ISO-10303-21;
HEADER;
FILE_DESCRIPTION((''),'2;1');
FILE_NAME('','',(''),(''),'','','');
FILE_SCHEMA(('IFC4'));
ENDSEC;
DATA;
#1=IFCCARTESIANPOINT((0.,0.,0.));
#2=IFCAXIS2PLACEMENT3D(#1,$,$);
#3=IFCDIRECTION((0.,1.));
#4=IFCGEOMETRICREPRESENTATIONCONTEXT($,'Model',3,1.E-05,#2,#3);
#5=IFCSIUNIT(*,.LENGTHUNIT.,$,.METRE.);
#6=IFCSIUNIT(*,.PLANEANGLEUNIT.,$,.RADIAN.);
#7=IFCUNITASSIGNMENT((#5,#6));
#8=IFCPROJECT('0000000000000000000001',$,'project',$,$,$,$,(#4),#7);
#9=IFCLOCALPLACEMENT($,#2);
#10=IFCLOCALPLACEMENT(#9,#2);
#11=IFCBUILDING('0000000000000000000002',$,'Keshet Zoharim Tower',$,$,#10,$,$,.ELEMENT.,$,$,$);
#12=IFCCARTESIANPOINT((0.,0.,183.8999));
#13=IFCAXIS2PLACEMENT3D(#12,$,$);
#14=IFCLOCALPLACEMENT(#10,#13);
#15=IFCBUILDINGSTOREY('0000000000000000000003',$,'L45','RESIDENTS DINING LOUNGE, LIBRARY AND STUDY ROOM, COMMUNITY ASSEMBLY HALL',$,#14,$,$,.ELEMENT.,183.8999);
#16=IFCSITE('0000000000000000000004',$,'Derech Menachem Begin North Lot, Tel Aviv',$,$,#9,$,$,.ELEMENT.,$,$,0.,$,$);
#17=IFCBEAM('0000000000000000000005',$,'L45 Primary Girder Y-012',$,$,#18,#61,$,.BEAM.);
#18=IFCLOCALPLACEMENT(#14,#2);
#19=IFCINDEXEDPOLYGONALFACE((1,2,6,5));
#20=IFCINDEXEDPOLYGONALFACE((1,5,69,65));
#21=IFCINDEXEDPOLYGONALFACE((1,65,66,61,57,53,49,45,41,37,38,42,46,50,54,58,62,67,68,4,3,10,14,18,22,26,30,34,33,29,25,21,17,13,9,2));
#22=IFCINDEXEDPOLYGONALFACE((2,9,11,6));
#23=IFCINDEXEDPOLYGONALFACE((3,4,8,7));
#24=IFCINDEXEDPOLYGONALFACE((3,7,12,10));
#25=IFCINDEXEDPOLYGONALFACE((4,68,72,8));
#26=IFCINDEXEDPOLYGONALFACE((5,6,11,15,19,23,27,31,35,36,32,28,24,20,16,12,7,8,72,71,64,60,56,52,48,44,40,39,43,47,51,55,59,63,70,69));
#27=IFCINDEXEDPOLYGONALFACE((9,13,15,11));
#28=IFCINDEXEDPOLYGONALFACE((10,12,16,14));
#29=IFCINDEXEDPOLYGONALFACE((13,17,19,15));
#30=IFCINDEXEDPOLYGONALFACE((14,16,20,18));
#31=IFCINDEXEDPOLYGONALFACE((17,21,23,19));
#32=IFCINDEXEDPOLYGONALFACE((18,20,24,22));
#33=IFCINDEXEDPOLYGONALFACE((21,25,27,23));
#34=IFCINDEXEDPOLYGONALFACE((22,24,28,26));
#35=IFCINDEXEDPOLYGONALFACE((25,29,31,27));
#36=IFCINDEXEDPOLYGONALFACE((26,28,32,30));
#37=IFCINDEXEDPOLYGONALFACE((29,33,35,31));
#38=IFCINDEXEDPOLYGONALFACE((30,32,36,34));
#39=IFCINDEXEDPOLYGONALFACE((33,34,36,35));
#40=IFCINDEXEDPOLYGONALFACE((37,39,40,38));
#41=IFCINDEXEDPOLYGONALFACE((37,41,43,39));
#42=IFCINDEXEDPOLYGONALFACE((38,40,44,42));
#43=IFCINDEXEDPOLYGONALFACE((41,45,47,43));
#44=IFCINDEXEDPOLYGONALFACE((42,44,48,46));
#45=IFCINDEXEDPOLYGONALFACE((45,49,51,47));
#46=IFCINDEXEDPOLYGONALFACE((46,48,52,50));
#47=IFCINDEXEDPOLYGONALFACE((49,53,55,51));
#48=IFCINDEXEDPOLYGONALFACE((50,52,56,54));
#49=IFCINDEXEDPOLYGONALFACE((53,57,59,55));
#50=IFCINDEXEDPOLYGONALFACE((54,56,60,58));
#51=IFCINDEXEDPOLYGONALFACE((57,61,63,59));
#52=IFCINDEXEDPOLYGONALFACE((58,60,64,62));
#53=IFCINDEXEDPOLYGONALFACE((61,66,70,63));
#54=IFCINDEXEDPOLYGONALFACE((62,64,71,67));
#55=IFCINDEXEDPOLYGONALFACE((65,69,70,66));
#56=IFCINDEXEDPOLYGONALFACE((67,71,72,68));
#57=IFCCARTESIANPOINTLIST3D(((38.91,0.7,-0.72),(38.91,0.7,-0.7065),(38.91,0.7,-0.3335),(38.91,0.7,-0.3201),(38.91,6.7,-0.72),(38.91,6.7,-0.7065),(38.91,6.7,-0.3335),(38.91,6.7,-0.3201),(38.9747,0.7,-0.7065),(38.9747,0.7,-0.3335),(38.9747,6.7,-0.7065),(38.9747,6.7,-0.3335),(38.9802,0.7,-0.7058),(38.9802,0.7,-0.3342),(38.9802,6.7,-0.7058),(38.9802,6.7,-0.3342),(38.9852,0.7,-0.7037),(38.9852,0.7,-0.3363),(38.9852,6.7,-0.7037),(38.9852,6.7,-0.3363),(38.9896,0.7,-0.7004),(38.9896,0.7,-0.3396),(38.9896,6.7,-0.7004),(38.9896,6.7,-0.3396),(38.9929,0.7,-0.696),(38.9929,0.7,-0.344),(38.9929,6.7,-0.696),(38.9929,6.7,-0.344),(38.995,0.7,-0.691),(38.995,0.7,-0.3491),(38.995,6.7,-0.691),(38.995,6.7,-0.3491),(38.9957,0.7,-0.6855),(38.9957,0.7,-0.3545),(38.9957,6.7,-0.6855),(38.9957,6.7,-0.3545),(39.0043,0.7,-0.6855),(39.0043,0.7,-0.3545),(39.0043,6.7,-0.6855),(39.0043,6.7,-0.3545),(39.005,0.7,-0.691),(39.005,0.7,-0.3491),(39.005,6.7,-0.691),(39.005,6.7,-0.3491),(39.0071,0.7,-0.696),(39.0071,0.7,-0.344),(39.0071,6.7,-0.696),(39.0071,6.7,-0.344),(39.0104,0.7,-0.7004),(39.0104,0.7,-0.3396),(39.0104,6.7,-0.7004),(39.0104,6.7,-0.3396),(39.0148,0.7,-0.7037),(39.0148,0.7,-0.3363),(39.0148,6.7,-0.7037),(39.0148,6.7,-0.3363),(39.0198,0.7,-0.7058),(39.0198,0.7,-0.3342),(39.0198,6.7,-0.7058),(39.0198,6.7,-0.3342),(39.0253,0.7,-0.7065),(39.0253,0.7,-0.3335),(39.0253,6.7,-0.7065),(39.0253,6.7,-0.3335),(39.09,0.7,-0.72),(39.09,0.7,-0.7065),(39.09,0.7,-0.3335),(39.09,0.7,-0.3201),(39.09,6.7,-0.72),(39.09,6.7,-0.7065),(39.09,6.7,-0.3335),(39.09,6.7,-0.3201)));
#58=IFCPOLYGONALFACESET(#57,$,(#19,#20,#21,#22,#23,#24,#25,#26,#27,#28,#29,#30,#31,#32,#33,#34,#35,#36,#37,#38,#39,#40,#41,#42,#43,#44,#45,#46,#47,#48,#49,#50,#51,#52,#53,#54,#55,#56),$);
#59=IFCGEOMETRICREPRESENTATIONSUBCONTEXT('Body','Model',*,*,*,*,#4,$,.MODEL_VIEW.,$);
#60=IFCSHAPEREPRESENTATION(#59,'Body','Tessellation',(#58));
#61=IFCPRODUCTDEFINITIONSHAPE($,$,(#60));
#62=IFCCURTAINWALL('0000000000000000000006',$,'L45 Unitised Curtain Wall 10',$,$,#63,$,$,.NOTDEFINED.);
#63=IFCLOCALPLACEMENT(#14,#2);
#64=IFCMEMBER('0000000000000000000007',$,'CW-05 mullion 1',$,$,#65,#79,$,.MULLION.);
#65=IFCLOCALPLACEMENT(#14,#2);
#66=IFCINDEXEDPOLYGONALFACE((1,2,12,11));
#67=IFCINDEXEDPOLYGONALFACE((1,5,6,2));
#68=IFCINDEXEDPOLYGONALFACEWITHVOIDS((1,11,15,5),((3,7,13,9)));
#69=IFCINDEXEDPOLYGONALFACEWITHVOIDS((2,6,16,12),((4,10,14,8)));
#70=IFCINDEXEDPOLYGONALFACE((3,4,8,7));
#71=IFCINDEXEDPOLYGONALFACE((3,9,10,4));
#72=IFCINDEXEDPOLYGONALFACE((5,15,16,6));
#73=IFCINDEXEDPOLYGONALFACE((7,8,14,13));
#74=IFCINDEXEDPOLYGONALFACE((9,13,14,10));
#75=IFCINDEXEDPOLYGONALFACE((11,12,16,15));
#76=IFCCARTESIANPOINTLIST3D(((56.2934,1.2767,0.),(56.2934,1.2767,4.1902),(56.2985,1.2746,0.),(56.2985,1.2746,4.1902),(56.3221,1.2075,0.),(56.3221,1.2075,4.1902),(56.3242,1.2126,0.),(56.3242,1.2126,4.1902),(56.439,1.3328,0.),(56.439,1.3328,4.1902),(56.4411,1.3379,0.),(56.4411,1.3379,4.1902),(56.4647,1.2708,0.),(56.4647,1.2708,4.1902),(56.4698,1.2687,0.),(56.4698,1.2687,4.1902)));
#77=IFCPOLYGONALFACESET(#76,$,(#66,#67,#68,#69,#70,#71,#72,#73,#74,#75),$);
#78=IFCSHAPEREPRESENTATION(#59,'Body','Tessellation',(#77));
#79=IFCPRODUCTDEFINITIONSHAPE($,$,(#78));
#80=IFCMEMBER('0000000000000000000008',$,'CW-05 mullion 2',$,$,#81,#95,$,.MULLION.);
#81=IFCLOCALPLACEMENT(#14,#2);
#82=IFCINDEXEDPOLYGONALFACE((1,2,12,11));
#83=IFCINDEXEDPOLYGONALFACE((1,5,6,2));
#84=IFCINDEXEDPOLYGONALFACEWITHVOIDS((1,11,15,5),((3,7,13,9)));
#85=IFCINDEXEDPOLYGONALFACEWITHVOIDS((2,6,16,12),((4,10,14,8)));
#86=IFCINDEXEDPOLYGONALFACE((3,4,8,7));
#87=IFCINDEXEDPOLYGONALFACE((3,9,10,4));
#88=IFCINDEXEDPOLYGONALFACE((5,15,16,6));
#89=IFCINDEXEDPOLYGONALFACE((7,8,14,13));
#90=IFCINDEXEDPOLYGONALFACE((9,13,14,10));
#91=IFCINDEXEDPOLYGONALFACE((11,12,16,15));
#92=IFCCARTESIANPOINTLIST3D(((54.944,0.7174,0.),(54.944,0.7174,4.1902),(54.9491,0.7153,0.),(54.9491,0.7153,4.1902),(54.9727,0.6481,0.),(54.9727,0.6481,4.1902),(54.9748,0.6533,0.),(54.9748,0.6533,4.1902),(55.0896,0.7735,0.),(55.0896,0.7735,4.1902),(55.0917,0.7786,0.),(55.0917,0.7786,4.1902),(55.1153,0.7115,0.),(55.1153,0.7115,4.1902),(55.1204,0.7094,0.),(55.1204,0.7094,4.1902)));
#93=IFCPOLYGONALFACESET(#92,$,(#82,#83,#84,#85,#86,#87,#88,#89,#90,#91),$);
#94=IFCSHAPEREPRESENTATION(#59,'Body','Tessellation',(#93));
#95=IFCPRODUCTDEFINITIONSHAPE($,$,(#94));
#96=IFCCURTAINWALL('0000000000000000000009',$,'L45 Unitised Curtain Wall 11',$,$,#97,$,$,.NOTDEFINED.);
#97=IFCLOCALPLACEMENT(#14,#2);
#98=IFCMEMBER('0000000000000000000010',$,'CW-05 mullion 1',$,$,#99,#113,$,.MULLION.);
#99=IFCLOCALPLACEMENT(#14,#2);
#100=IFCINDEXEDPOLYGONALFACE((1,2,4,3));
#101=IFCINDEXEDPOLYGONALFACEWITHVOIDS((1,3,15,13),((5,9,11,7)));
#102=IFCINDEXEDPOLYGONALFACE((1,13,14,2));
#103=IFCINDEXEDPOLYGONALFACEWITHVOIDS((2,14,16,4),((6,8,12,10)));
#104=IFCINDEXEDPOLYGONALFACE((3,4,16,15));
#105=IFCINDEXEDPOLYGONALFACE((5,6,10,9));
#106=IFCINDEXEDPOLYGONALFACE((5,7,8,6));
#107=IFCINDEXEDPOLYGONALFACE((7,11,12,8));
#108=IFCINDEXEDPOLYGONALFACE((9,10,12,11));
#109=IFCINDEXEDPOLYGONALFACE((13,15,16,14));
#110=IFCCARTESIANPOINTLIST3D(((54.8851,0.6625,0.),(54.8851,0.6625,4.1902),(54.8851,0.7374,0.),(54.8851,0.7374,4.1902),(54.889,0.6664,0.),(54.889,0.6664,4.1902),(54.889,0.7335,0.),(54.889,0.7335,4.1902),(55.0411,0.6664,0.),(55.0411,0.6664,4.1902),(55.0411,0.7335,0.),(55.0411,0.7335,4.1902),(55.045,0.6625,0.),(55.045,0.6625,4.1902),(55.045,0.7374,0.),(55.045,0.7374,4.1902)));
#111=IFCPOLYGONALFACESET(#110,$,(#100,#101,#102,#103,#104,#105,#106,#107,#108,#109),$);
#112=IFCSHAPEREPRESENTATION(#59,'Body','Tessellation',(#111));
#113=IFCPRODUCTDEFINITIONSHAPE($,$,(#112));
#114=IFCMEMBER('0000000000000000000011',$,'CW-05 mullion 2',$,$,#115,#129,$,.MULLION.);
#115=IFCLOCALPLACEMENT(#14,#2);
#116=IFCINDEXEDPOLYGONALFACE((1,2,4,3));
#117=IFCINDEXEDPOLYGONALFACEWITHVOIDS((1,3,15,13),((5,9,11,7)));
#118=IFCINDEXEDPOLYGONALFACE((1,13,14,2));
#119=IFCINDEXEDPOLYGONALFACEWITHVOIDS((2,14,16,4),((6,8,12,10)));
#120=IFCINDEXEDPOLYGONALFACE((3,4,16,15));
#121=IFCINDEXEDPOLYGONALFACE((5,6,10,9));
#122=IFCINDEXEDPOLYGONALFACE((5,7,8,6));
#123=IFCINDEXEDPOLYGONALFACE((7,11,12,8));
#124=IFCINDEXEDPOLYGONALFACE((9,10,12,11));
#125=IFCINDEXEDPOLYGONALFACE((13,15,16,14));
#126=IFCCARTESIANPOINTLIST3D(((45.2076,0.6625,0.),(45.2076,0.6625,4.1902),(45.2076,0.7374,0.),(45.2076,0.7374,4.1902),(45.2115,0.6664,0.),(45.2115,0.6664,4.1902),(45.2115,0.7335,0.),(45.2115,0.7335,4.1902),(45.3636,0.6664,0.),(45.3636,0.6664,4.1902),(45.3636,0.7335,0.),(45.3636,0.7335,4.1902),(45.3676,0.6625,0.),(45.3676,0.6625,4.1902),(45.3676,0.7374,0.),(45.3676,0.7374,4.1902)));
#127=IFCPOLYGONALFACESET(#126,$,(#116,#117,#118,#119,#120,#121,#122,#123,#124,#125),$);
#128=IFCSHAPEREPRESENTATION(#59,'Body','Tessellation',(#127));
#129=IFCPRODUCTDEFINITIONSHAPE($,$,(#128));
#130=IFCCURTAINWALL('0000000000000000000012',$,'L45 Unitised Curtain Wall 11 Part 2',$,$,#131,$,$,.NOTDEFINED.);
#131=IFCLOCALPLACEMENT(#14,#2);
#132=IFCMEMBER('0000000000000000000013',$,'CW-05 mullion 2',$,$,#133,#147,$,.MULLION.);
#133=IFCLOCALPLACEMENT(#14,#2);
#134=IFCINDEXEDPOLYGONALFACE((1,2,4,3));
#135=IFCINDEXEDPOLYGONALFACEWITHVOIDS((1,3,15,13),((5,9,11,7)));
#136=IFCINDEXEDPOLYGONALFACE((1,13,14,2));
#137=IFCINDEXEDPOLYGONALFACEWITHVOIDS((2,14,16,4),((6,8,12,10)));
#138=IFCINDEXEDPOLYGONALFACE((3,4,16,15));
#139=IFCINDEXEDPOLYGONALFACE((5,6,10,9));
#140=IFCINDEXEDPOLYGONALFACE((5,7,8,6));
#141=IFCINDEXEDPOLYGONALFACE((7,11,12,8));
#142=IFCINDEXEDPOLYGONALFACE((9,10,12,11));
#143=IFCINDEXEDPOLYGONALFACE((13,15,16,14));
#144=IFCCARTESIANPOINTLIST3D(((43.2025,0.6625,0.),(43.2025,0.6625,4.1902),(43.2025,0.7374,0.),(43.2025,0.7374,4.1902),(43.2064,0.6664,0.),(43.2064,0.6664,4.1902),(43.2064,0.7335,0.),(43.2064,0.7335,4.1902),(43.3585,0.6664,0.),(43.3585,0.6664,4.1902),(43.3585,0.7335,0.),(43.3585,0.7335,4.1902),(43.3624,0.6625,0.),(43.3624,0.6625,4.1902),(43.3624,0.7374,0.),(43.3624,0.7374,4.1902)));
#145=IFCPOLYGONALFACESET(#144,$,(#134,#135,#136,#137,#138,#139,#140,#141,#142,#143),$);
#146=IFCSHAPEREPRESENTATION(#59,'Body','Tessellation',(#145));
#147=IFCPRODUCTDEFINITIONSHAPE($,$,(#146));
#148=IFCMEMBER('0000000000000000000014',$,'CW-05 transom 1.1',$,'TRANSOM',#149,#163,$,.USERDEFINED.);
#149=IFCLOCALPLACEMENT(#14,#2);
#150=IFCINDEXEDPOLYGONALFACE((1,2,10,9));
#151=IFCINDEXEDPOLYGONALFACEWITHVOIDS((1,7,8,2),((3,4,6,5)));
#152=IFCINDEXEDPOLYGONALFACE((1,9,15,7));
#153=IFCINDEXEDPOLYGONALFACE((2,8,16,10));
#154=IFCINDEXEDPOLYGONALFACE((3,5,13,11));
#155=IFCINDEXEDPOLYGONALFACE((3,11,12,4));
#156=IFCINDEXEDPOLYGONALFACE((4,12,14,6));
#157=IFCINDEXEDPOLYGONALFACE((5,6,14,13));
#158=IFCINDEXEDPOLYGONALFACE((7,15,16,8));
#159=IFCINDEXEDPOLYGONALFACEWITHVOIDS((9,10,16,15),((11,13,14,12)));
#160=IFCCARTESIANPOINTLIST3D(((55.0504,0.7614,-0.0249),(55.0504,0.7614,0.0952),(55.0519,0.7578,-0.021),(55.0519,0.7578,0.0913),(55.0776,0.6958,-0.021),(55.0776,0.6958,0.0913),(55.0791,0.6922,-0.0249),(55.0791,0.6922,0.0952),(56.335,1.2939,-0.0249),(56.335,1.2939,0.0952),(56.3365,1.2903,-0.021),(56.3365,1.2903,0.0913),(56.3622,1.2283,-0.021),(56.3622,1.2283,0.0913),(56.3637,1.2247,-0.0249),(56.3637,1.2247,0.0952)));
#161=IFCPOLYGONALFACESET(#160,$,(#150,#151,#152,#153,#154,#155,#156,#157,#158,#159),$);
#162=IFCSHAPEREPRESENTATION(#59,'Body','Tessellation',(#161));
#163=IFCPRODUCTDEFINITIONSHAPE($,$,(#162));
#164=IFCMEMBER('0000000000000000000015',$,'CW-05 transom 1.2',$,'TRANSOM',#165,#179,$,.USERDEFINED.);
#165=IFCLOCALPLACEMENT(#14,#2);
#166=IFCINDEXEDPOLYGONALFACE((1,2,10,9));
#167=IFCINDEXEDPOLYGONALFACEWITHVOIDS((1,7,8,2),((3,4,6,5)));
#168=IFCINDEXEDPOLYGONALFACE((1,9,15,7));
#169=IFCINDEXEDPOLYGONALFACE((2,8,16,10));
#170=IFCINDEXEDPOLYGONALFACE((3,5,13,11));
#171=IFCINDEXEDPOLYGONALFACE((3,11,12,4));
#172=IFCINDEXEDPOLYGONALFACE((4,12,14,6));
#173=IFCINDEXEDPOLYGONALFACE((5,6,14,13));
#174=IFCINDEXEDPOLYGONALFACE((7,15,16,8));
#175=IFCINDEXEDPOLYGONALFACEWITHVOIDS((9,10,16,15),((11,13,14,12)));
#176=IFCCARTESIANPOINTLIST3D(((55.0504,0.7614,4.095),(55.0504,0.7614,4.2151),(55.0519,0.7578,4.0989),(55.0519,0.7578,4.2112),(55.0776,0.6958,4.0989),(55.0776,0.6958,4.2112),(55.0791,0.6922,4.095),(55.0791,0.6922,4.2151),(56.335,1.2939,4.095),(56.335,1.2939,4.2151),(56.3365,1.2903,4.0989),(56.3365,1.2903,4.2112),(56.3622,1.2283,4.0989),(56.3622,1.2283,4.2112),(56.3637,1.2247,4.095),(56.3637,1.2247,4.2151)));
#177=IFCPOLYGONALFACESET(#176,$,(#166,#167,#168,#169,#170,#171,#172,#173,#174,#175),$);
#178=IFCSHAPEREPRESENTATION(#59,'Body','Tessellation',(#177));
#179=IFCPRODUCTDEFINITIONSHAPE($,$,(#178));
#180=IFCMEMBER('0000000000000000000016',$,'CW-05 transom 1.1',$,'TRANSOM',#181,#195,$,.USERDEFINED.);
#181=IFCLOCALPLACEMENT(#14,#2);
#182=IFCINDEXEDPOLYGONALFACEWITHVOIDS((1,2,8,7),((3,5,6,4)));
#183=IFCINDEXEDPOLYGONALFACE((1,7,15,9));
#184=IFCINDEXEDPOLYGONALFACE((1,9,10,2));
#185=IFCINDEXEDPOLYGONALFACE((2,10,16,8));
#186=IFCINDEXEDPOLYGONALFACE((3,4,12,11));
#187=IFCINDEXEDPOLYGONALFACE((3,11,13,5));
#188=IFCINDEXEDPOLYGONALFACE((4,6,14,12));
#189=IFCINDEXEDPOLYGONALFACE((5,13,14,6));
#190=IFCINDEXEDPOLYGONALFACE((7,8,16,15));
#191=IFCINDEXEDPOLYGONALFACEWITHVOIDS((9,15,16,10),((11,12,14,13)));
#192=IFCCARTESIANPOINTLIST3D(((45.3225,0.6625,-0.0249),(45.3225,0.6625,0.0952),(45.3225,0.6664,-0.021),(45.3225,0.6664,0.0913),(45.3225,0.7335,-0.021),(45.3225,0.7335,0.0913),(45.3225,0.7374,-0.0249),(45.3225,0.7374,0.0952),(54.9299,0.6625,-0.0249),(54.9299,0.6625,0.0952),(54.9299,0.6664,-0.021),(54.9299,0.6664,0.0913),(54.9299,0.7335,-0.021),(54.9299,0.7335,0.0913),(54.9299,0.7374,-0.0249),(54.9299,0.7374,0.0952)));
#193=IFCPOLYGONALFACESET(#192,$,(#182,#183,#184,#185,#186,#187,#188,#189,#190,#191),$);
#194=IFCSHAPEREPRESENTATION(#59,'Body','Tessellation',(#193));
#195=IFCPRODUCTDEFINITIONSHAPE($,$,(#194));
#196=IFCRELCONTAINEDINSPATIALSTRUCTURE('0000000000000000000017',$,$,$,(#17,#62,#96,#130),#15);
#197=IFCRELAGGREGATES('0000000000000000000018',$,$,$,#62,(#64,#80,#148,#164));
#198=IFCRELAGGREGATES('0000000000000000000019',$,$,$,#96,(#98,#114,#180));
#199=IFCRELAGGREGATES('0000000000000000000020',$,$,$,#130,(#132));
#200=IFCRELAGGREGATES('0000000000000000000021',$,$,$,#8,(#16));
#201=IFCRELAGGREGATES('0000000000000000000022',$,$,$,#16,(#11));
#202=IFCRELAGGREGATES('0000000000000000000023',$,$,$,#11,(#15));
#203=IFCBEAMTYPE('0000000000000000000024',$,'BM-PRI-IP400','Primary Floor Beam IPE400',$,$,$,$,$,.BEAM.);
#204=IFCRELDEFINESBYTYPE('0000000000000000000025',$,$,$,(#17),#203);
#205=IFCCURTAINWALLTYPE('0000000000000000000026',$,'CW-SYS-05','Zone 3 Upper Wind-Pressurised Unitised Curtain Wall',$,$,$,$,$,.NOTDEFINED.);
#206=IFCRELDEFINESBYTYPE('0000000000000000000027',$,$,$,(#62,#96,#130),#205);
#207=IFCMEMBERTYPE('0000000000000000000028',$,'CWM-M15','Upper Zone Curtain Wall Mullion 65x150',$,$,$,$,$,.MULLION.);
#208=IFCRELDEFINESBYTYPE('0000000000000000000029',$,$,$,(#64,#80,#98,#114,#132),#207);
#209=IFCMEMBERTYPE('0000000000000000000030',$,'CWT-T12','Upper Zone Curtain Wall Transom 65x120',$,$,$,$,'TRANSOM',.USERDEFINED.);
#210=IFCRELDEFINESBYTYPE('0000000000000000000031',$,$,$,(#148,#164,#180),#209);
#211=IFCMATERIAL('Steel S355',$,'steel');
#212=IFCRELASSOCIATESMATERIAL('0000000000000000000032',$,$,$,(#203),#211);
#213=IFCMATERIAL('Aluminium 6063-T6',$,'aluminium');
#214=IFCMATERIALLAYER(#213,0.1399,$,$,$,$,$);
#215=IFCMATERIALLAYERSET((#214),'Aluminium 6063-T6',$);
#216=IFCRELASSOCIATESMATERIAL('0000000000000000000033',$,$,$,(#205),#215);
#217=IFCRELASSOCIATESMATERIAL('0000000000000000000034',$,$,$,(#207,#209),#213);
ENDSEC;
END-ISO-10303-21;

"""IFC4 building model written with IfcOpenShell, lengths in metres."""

from ifc_helpers import new_model, si_unit, direction, frame, origin, origin_2d, place, context, subcontext, project, spatial, hollow_rectangle, i_section, extrude, material, layer, layer_set, material_profile, profile_set, type_object, element, aggregate, save


model = new_model("IFC4")

# Units and contexts
model_context = context("Model", 3, precision=1e-05, world=origin(), true_north=direction((0.0, 1.0)))
body_context = subcontext(model_context, "Body", "Model", "MODEL_VIEW")
ifc_project = project(units=[si_unit("LENGTHUNIT", "METRE"), si_unit("PLANEANGLEUNIT", "RADIAN")], contexts=[model_context])

# Site, building, storey
site_placement = place(None, origin())
site = spatial("IfcSite", under=ifc_project, at=site_placement, Name="Derech Menachem Begin North Lot, Tel Aviv", CompositionType="ELEMENT", RefElevation=0.0)
building_placement = place(site_placement, origin())
building = spatial("IfcBuilding", under=site, at=building_placement, Name="Keshet Zoharim Tower", CompositionType="ELEMENT")
storey_placement = place(building_placement, frame((0.0, 0.0, 183.8999)))
storey = spatial("IfcBuildingStorey", under=building, at=storey_placement, Name="L45", Description="RESIDENTS DINING LOUNGE, LIBRARY AND STUDY ROOM, COMMUNITY ASSEMBLY HALL", CompositionType="ELEMENT", Elevation=183.8999)

# Shared definitions
ifc_material_1 = material(Name="Steel S355", Category="steel")

# Beam
ifc_material_profile_1 = material_profile(ifc_material_1, i_section(OverallWidth=0.1799, OverallDepth=0.3999, WebThickness=0.0085, FlangeThickness=0.0134, FilletRadius=0.021, at=origin_2d()), Name="IPE400")
ifc_profile_set_1 = profile_set([ifc_material_profile_1], Name="Steel S355")
beam_type_1 = type_object("IfcBeamType", Name="BM-PRI-IP400", Description="Primary Floor Beam IPE400", PredefinedType="BEAM", material=ifc_profile_set_1)
beam_1_placement = place(storey_placement, frame((39.0, 0.7, -0.52), z_axis=(0.0, 1.0, 0.0), x_axis=(-1.0, 0.0, 0.0)))
element("IfcBeam", 1, at=beam_1_placement, inside=storey, type_object=beam_type_1, Name="L45 Primary Girder Y-012", PredefinedType="BEAM", context=body_context, shape_type="SweptSolid", body=[
    extrude(i_section(OverallWidth=0.1799, OverallDepth=0.3999, WebThickness=0.0085, FlangeThickness=0.0134, FilletRadius=0.021, at=origin_2d()), origin(), (0.0, 0.0, 1.0), 6.0),
])

# Curtain walls, members
ifc_material_2 = material(Name="Aluminium 6063-T6", Category="aluminium")
ifc_layer_1 = layer(ifc_material_2, 0.1399)
ifc_layer_set_1 = layer_set([ifc_layer_1], Name="Aluminium 6063-T6")
curtain_wall_type = type_object("IfcCurtainWallType", Name="CW-SYS-05", Description="Zone 3 Upper Wind-Pressurised Unitised Curtain Wall", PredefinedType="NOTDEFINED", material=ifc_layer_set_1)
curtain_wall_1_placement = place(storey_placement, origin())
curtain_wall_1 = element("IfcCurtainWall", 2, at=curtain_wall_1_placement, inside=storey, type_object=curtain_wall_type, Name="L45 Unitised Curtain Wall 10", PredefinedType="NOTDEFINED")
ifc_material_profile_2 = material_profile(ifc_material_2, hollow_rectangle(XDim=0.075, YDim=0.1599, WallThickness=0.0039, at=origin_2d()), Name="MUL-75x160")
ifc_profile_set_2 = profile_set([ifc_material_profile_2], Name="Aluminium 6063-T6")
member_type_1 = type_object("IfcMemberType", Name="CWM-M15", Description="Upper Zone Curtain Wall Mullion 65x150", PredefinedType="MULLION", material=ifc_profile_set_2)
member_1_placement = place(storey_placement, frame((56.3816, 1.2727, 0.0), z_axis=(0.0, 0.0, 1.0), x_axis=(0.382852, -0.92381, 0.0)))
member_1 = element("IfcMember", 3, at=member_1_placement, type_object=member_type_1, Name="CW-05 mullion 1", PredefinedType="MULLION", context=body_context, shape_type="SweptSolid", body=[
    extrude(hollow_rectangle(XDim=0.075, YDim=0.1599, WallThickness=0.0039, at=origin_2d()), origin(), (0.0, 0.0, 1.0), 4.1902),
])
member_2_placement = place(storey_placement, frame((55.0322, 0.7134, 0.0), z_axis=(0.0, 0.0, 1.0), x_axis=(0.382852, -0.92381, 0.0)))
member_2 = element("IfcMember", 4, at=member_2_placement, type_object=member_type_1, Name="CW-05 mullion 2", PredefinedType="MULLION", context=body_context, shape_type="SweptSolid", body=[
    extrude(hollow_rectangle(XDim=0.075, YDim=0.1599, WallThickness=0.0039, at=origin_2d()), origin(), (0.0, 0.0, 1.0), 4.1902),
])
curtain_wall_2_placement = place(storey_placement, origin())
curtain_wall_2 = element("IfcCurtainWall", 5, at=curtain_wall_2_placement, inside=storey, type_object=curtain_wall_type, Name="L45 Unitised Curtain Wall 11", PredefinedType="NOTDEFINED")
member_3_placement = place(storey_placement, frame((54.9651, 0.7, 0.0), z_axis=(0.0, 0.0, 1.0), x_axis=(0.0, -1.0, 0.0)))
member_3 = element("IfcMember", 6, at=member_3_placement, type_object=member_type_1, Name="CW-05 mullion 1", PredefinedType="MULLION", context=body_context, shape_type="SweptSolid", body=[
    extrude(hollow_rectangle(XDim=0.075, YDim=0.1599, WallThickness=0.0039, at=origin_2d()), origin(), (0.0, 0.0, 1.0), 4.1902),
])
member_4_placement = place(storey_placement, frame((45.2876, 0.7, 0.0), z_axis=(0.0, 0.0, 1.0), x_axis=(0.0, -1.0, 0.0)))
member_4 = element("IfcMember", 7, at=member_4_placement, type_object=member_type_1, Name="CW-05 mullion 2", PredefinedType="MULLION", context=body_context, shape_type="SweptSolid", body=[
    extrude(hollow_rectangle(XDim=0.075, YDim=0.1599, WallThickness=0.0039, at=origin_2d()), origin(), (0.0, 0.0, 1.0), 4.1902),
])

# Curtain wall, member
curtain_wall_3_placement = place(storey_placement, origin())
curtain_wall_3 = element("IfcCurtainWall", 8, at=curtain_wall_3_placement, inside=storey, type_object=curtain_wall_type, Name="L45 Unitised Curtain Wall 11 Part 2", PredefinedType="NOTDEFINED")
member_5_placement = place(storey_placement, frame((43.2825, 0.7, 0.0), z_axis=(0.0, 0.0, 1.0), x_axis=(0.0, -1.0, 0.0)))
member_5 = element("IfcMember", 9, at=member_5_placement, type_object=member_type_1, Name="CW-05 mullion 2", PredefinedType="MULLION", context=body_context, shape_type="SweptSolid", body=[
    extrude(hollow_rectangle(XDim=0.075, YDim=0.1599, WallThickness=0.0039, at=origin_2d()), origin(), (0.0, 0.0, 1.0), 4.1902),
])

# Members
ifc_material_profile_3 = material_profile(ifc_material_2, hollow_rectangle(XDim=0.075, YDim=0.1201, WallThickness=0.0039, at=origin_2d()), Name="TRN-75x120")
ifc_profile_set_3 = profile_set([ifc_material_profile_3], Name="Aluminium 6063-T6")
member_type_2 = type_object("IfcMemberType", Name="CWT-T12", Description="Upper Zone Curtain Wall Transom 65x120", ElementType="TRANSOM", PredefinedType="USERDEFINED", material=ifc_profile_set_3)
member_6_placement = place(storey_placement, frame((56.3494, 1.2593, 0.0352), z_axis=(-0.923792, -0.382894, 0.0), x_axis=(0.382894, -0.923792, 0.0)))
member_6 = element("IfcMember", 10, at=member_6_placement, type_object=member_type_2, Name="CW-05 transom 1.1", ObjectType="TRANSOM", PredefinedType="USERDEFINED", context=body_context, shape_type="SweptSolid", body=[
    extrude(hollow_rectangle(XDim=0.075, YDim=0.1201, WallThickness=0.0039, at=origin_2d()), origin(), (0.0, 0.0, 1.0), 1.3906),
])
member_7_placement = place(storey_placement, frame((56.3494, 1.2593, 4.155), z_axis=(-0.923792, -0.382894, 0.0), x_axis=(0.382894, -0.923792, 0.0)))
member_7 = element("IfcMember", 11, at=member_7_placement, type_object=member_type_2, Name="CW-05 transom 1.2", ObjectType="TRANSOM", PredefinedType="USERDEFINED", context=body_context, shape_type="SweptSolid", body=[
    extrude(hollow_rectangle(XDim=0.075, YDim=0.1201, WallThickness=0.0039, at=origin_2d()), origin(), (0.0, 0.0, 1.0), 1.3906),
])
member_8_placement = place(storey_placement, frame((54.9299, 0.7, 0.0352), z_axis=(-1.0, 0.0, 0.0), x_axis=(0.0, -1.0, 0.0)))
member_8 = element("IfcMember", 12, at=member_8_placement, type_object=member_type_2, Name="CW-05 transom 1.1", ObjectType="TRANSOM", PredefinedType="USERDEFINED", context=body_context, shape_type="SweptSolid", body=[
    extrude(hollow_rectangle(XDim=0.075, YDim=0.1201, WallThickness=0.0039, at=origin_2d()), origin(), (0.0, 0.0, 1.0), 9.6074),
])

aggregate(curtain_wall_1, [member_1, member_2, member_6, member_7])
aggregate(curtain_wall_2, [member_3, member_4, member_8])
aggregate(curtain_wall_3, [member_5])

save(model, "model.ifc")
